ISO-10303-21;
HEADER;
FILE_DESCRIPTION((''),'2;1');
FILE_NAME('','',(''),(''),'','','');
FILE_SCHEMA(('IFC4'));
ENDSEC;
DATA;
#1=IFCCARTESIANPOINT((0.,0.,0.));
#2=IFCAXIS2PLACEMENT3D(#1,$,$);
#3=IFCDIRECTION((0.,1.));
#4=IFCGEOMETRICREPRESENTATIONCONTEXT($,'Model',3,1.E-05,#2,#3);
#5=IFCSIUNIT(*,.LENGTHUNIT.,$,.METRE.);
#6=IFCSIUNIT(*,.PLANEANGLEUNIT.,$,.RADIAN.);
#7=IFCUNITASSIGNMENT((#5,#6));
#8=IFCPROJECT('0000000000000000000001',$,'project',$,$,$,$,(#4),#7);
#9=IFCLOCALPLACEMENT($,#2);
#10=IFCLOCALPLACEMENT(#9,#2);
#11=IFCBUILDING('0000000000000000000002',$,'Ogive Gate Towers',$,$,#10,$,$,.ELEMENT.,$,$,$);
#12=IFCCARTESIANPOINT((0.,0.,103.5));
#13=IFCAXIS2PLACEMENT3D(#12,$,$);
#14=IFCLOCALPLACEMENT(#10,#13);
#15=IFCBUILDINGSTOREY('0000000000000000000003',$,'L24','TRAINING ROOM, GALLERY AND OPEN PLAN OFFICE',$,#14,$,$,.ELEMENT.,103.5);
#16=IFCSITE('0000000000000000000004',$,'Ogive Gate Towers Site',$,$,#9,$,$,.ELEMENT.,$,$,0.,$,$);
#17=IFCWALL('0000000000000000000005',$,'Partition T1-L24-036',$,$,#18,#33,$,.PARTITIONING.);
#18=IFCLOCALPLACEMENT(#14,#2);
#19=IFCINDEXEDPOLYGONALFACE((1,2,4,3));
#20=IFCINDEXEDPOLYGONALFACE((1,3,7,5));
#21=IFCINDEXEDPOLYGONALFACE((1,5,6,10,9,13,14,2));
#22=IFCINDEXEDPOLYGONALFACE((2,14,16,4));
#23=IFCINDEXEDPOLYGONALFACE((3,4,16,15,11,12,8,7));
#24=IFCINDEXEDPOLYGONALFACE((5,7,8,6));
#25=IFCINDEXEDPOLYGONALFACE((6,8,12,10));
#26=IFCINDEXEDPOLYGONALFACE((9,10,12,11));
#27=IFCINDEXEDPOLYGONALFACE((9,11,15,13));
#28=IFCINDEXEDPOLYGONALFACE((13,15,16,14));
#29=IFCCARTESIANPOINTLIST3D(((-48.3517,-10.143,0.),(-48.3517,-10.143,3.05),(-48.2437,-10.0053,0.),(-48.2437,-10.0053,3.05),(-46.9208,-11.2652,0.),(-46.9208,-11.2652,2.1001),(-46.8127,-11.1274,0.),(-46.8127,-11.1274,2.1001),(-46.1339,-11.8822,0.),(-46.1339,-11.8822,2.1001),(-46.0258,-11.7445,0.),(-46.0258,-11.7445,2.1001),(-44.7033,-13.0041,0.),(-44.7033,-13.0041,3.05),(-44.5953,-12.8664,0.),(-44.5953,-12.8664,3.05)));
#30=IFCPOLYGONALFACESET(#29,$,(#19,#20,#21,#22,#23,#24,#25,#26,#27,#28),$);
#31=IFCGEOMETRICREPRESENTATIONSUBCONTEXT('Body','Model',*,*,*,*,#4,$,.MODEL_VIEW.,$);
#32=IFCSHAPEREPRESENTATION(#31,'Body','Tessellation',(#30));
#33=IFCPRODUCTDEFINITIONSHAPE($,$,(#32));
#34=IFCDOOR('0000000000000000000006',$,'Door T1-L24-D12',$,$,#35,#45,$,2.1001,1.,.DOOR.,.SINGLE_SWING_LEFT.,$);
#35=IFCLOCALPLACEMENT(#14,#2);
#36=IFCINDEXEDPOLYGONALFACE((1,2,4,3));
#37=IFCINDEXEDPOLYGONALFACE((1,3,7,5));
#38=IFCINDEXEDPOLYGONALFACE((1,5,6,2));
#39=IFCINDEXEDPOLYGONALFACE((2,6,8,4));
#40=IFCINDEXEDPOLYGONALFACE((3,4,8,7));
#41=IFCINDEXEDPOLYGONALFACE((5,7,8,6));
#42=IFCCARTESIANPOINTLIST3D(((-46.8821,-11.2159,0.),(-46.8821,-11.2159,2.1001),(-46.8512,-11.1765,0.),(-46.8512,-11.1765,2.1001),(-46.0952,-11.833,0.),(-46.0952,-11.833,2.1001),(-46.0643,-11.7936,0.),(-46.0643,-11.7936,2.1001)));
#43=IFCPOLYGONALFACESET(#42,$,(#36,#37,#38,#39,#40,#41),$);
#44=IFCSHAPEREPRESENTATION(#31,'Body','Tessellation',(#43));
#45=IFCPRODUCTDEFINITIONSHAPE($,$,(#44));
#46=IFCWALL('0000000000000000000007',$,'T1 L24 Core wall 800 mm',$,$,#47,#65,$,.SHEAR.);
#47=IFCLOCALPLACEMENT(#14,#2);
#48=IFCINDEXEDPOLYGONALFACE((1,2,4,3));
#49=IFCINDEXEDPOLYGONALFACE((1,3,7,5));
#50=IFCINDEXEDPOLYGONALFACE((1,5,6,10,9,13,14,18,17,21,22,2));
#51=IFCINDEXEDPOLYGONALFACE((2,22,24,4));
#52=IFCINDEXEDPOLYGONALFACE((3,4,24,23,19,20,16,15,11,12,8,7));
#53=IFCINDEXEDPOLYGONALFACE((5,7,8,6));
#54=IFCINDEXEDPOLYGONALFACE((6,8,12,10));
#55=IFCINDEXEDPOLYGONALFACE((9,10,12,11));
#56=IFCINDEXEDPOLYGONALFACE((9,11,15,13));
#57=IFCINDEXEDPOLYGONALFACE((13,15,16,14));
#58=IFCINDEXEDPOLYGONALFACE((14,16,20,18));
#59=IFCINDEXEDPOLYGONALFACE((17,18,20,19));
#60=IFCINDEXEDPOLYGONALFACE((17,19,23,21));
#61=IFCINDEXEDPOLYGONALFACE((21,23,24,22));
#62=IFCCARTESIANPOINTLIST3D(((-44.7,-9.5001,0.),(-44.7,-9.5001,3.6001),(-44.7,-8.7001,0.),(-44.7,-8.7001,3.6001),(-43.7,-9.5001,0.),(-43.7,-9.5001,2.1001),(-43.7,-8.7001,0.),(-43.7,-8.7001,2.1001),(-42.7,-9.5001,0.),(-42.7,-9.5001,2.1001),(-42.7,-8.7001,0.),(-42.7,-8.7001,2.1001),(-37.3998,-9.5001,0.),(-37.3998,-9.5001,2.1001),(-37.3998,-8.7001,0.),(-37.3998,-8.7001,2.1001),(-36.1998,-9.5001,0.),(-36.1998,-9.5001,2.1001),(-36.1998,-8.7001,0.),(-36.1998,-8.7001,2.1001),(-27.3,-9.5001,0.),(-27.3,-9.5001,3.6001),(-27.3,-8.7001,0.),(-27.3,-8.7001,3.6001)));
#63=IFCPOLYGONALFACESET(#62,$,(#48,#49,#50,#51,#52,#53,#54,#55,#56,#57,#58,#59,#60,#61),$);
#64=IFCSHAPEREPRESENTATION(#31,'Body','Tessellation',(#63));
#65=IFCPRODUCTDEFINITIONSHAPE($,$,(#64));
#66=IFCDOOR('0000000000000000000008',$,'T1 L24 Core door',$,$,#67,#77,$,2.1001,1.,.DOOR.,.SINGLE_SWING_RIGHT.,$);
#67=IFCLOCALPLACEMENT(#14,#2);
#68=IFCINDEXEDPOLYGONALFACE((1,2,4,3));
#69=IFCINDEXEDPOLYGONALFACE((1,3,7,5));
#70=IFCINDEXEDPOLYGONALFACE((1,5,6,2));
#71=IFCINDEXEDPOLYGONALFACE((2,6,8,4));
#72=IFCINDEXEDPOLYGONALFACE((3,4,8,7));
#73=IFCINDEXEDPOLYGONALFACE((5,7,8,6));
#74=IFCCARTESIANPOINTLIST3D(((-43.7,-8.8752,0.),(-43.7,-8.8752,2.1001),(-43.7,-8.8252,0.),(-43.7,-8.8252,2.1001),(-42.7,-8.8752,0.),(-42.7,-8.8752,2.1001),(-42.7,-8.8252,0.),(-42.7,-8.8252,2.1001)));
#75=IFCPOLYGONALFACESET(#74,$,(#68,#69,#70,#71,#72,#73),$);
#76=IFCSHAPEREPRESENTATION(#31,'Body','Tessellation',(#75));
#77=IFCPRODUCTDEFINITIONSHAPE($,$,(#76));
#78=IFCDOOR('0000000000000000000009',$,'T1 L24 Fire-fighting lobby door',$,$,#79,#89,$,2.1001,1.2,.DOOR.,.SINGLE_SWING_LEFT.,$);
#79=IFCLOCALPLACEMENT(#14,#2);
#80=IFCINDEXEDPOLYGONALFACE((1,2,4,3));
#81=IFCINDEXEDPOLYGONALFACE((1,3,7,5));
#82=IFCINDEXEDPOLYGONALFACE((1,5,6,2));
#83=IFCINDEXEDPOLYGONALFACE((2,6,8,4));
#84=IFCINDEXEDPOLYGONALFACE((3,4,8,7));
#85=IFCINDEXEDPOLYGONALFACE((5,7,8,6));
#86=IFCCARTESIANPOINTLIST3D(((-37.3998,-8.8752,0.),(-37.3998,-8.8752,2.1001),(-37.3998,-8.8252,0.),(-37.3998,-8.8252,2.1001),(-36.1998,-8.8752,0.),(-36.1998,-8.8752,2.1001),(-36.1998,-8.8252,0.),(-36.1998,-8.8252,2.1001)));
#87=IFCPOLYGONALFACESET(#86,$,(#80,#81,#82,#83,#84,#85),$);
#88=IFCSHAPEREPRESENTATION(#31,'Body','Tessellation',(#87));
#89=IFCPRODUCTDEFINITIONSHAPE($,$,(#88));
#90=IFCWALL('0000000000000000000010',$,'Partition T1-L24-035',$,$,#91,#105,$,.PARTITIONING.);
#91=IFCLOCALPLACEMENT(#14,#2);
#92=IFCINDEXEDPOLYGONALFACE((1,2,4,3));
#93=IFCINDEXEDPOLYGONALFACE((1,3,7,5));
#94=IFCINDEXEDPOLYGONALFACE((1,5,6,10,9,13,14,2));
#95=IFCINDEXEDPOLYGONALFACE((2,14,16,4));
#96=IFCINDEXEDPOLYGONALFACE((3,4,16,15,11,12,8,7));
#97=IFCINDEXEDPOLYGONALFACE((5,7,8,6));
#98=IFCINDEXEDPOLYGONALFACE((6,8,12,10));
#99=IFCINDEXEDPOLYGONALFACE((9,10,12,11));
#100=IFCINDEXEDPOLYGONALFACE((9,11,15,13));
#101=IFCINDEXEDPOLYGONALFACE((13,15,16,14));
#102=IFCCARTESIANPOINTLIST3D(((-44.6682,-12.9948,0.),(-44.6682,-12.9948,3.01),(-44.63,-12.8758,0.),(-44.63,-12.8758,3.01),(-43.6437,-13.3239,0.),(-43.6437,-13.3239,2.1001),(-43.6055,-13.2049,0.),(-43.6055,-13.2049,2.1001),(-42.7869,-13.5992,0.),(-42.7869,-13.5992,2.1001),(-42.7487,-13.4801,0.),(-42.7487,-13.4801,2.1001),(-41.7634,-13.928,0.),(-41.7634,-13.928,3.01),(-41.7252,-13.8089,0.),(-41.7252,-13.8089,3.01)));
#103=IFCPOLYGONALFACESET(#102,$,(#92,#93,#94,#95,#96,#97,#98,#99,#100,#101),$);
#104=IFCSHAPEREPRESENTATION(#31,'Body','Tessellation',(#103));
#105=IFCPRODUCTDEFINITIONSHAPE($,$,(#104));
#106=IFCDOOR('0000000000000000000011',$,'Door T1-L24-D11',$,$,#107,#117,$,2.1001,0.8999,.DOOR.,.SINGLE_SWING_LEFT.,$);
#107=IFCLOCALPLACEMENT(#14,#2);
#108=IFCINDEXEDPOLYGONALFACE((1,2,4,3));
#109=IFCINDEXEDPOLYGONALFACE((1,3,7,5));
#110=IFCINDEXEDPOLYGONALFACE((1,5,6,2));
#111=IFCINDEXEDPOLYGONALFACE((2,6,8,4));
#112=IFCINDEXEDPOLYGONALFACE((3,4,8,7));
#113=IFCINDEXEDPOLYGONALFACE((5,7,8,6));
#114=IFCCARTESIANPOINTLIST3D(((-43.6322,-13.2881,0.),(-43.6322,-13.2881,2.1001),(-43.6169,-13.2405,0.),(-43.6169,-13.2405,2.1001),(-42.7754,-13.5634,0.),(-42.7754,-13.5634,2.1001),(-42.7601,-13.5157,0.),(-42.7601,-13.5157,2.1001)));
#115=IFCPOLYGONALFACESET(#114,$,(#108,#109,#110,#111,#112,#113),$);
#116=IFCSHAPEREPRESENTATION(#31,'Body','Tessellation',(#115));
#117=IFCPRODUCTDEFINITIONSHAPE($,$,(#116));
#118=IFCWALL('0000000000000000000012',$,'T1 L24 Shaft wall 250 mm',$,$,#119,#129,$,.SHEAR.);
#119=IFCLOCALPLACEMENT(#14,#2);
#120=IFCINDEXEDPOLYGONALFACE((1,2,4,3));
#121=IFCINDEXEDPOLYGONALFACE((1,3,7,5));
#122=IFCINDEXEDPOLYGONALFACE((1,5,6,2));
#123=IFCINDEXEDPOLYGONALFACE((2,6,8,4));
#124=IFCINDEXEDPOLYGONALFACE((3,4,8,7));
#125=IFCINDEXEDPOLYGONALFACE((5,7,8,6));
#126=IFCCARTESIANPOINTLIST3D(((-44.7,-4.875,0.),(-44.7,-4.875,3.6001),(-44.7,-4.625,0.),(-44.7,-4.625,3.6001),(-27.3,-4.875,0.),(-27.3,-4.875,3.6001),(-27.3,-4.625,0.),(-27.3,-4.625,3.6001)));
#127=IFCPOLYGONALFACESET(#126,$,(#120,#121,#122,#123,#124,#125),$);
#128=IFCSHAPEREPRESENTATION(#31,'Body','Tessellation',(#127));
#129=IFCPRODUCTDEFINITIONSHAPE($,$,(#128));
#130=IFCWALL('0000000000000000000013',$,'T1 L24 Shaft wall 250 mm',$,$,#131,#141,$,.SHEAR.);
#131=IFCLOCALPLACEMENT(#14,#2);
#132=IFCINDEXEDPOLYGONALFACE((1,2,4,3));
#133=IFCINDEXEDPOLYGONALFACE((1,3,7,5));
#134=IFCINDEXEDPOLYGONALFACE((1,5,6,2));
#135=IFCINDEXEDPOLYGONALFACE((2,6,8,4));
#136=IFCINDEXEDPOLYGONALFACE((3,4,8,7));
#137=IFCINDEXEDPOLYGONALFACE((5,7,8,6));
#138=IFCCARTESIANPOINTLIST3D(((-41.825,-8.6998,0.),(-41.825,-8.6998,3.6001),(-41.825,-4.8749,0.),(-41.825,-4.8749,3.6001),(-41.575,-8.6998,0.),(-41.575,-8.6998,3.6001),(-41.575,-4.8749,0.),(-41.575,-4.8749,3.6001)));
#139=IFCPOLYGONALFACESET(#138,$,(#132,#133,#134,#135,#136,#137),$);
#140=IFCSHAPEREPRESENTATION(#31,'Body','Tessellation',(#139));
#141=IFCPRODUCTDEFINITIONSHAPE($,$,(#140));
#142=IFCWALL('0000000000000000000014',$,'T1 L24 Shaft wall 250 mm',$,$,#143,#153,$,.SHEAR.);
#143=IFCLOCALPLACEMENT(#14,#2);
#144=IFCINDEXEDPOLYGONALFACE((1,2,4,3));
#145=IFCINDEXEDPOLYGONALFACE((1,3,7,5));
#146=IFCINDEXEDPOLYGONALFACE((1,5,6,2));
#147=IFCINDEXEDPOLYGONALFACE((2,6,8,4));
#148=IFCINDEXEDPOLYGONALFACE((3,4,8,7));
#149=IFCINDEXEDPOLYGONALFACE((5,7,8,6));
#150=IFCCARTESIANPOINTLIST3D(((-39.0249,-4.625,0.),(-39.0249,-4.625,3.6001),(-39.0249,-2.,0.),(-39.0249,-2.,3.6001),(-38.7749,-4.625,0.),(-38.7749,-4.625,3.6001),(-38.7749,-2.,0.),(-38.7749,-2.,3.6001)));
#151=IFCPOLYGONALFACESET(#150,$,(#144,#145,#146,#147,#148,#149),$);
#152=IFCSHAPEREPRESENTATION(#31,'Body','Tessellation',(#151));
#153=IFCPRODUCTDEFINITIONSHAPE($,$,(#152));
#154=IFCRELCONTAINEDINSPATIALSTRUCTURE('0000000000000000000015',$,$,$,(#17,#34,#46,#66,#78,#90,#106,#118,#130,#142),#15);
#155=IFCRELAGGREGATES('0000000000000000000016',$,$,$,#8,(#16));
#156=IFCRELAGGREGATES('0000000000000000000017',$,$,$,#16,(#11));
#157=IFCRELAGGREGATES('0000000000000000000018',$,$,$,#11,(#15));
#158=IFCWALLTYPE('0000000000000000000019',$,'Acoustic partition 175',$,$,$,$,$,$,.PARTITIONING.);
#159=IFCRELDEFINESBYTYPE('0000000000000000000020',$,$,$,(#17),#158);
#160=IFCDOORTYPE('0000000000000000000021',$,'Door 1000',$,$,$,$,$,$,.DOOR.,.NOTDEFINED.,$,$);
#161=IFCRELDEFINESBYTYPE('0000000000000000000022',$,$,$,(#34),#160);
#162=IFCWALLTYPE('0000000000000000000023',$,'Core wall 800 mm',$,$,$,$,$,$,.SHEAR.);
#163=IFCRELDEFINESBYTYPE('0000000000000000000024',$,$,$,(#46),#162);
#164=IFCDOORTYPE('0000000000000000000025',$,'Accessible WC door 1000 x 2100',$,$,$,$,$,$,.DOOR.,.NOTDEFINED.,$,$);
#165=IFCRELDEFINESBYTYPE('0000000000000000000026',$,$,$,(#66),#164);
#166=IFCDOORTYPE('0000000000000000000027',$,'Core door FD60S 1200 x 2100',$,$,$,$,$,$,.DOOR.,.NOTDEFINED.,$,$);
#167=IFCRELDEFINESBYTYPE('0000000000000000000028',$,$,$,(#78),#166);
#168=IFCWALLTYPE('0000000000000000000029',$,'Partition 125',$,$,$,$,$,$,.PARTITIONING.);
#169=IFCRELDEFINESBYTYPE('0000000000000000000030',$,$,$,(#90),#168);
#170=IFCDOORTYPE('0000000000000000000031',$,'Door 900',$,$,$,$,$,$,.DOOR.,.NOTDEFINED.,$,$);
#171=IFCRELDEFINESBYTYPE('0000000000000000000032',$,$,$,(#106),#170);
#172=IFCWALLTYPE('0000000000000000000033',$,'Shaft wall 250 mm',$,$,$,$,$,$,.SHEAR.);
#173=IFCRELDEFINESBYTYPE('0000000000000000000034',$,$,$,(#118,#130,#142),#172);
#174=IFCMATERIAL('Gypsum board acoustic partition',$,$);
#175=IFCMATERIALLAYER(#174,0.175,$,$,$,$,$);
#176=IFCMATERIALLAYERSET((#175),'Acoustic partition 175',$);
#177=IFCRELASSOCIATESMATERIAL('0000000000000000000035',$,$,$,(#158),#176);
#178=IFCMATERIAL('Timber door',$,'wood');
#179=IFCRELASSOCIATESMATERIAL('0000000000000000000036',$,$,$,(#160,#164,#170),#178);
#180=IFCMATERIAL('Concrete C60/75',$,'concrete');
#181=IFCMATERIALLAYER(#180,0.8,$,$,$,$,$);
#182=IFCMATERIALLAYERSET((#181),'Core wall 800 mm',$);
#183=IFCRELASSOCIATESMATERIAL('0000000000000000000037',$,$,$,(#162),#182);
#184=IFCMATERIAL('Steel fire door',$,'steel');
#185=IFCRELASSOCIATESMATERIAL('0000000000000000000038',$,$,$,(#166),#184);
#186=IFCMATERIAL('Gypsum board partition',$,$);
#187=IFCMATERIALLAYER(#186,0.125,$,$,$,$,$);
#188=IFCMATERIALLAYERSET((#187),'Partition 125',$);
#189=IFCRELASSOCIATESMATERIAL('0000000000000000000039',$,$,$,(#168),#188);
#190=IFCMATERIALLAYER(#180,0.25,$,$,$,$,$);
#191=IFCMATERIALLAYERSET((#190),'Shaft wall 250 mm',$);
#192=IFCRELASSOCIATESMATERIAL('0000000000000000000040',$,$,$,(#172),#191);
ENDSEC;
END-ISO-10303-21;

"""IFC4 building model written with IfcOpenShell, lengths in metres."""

from ifc_helpers import new_model, si_unit, direction, frame, frame_2d, origin, place, context, subcontext, project, spatial, rectangle, extrude, material, layer, layer_set, type_object, element, fill, save


model = new_model("IFC4")

# Units and contexts
model_context = context("Model", 3, precision=1e-05, world=origin(), true_north=direction((0.0, 1.0)))
body_context = subcontext(model_context, "Body", "Model", "MODEL_VIEW")
ifc_project = project(units=[si_unit("LENGTHUNIT", "METRE"), si_unit("PLANEANGLEUNIT", "RADIAN")], contexts=[model_context])

# Site, building, storey
site_placement = place(None, origin())
site = spatial("IfcSite", under=ifc_project, at=site_placement, Name="Ogive Gate Towers Site", CompositionType="ELEMENT", RefElevation=0.0)
building_placement = place(site_placement, origin())
building = spatial("IfcBuilding", under=site, at=building_placement, Name="Ogive Gate Towers", CompositionType="ELEMENT")
storey_placement = place(building_placement, frame((0.0, 0.0, 103.5)))
storey = spatial("IfcBuildingStorey", under=building, at=storey_placement, Name="L24", Description="TRAINING ROOM, GALLERY AND OPEN PLAN OFFICE", CompositionType="ELEMENT", Elevation=103.5)

# Shared definitions
ifc_material_1 = material(Name="Gypsum board acoustic partition")
ifc_layer_1 = layer(ifc_material_1, 0.175)
ifc_layer_set_1 = layer_set([ifc_layer_1], Name="Acoustic partition 175")
wall_type_1 = type_object("IfcWallType", Name="Acoustic partition 175", PredefinedType="PARTITIONING", material=ifc_layer_set_1)

# Wall, opening, door
ifc_material_2 = material(Name="Timber door", Category="wood")
door_type_1 = type_object("IfcDoorType", Name="Door 1000", OperationType="NOTDEFINED", PredefinedType="DOOR", material=ifc_material_2)
wall_1_placement = place(storey_placement, frame((-44.6492, -12.9353, 0.0), z_axis=(0.0, 0.0, 1.0), x_axis=(-0.786899, 0.617082, 0.0)))
wall_1 = element("IfcWall", 1, at=wall_1_placement, inside=storey, type_object=wall_type_1, Name="Partition T1-L24-036", PredefinedType="PARTITIONING", context=body_context, shape_type="SweptSolid", body=[
    extrude(rectangle(XDim=4.6365, YDim=0.175, at=frame_2d((2.3184, 0.0))), origin(), (0.0, 0.0, 1.0), 3.05),
])
opening_1_placement = place(wall_1_placement, frame((1.8181, 0.0, 0.0)))
opening_1 = element("IfcOpeningElement", 2, at=opening_1_placement, cuts=wall_1, PredefinedType="OPENING", context=body_context, shape_type="SweptSolid", body=[
    extrude(rectangle(XDim=1.0, YDim=2.1001, at=frame_2d((0.5, 1.05))), frame((0.0, 0.0977, 0.0), z_axis=(0.0, -1.0, 0.0), x_axis=(1.0, 0.0, 0.0)), (0.0, 0.0, 1.0), 0.1951),
])
door_1_placement = place(opening_1_placement, origin())
door_1 = element("IfcDoor", 3, at=door_1_placement, inside=storey, type_object=door_type_1, Name="Door T1-L24-D12", OperationType="SINGLE_SWING_LEFT", OverallHeight=2.1001, OverallWidth=1.0, PredefinedType="DOOR", context=body_context, shape_type="SweptSolid", body=[
    extrude(rectangle(XDim=1.0, YDim=2.1001, at=frame_2d((0.5, 1.05))), frame((0.0, 0.0249, 0.0), z_axis=(0.0, -1.0, 0.0), x_axis=(1.0, 0.0, 0.0)), (0.0, 0.0, 1.0), 0.05),
])
fill(opening_1, door_1)

# Wall, openings, doors
ifc_material_3 = material(Name="Concrete C60/75", Category="concrete")
ifc_layer_2 = layer(ifc_material_3, 0.8)
ifc_layer_set_2 = layer_set([ifc_layer_2], Name="Core wall 800 mm")
wall_type_2 = type_object("IfcWallType", Name="Core wall 800 mm", PredefinedType="SHEAR", material=ifc_layer_set_2)
wall_2_placement = place(storey_placement, frame((-44.7, -9.1001, 0.0), z_axis=(0.0, 0.0, 1.0), x_axis=(1.0, 0.0, 0.0)))
wall_2 = element("IfcWall", 4, at=wall_2_placement, inside=storey, type_object=wall_type_2, Name="T1 L24 Core wall 800 mm", PredefinedType="SHEAR", context=body_context, shape_type="SweptSolid", body=[
    extrude(rectangle(XDim=17.3999, YDim=0.8, at=frame_2d((8.7, 0.0))), origin(), (0.0, 0.0, 1.0), 3.6001),
])
opening_2_placement = place(wall_2_placement, frame((7.3, 0.0, 0.0)))
opening_2 = element("IfcOpeningElement", 5, at=opening_2_placement, cuts=wall_2, PredefinedType="OPENING", context=body_context, shape_type="SweptSolid", body=[
    extrude(rectangle(XDim=1.2, YDim=2.1001, at=frame_2d((0.6001, 1.05))), frame((0.0, 0.4102, 0.0), z_axis=(0.0, -1.0, 0.0), x_axis=(1.0, 0.0, 0.0)), (0.0, 0.0, 1.0), 0.8201),
])
opening_3_placement = place(wall_2_placement, frame((1.0, 0.0, 0.0)))
opening_3 = element("IfcOpeningElement", 6, at=opening_3_placement, cuts=wall_2, PredefinedType="OPENING", context=body_context, shape_type="SweptSolid", body=[
    extrude(rectangle(XDim=1.0, YDim=2.1001, at=frame_2d((0.5, 1.05))), frame((0.0, 0.4102, 0.0), z_axis=(0.0, -1.0, 0.0), x_axis=(1.0, 0.0, 0.0)), (0.0, 0.0, 1.0), 0.8201),
])
door_type_2 = type_object("IfcDoorType", Name="Accessible WC door 1000 x 2100", OperationType="NOTDEFINED", PredefinedType="DOOR", material=ifc_material_2)
door_2_placement = place(opening_3_placement, origin())
door_2 = element("IfcDoor", 7, at=door_2_placement, inside=storey, type_object=door_type_2, Name="T1 L24 Core door", OperationType="SINGLE_SWING_RIGHT", OverallHeight=2.1001, OverallWidth=1.0, PredefinedType="DOOR", context=body_context, shape_type="SweptSolid", body=[
    extrude(rectangle(XDim=1.0, YDim=2.1001, at=frame_2d((0.5, 1.05))), frame((0.0, 0.2749, 0.0), z_axis=(0.0, -1.0, 0.0), x_axis=(1.0, 0.0, 0.0)), (0.0, 0.0, 1.0), 0.05),
])
fill(opening_3, door_2)
ifc_material_4 = material(Name="Steel fire door", Category="steel")
door_type_3 = type_object("IfcDoorType", Name="Core door FD60S 1200 x 2100", OperationType="NOTDEFINED", PredefinedType="DOOR", material=ifc_material_4)
door_3_placement = place(opening_2_placement, origin())
door_3 = element("IfcDoor", 8, at=door_3_placement, inside=storey, type_object=door_type_3, Name="T1 L24 Fire-fighting lobby door", OperationType="SINGLE_SWING_LEFT", OverallHeight=2.1001, OverallWidth=1.2, PredefinedType="DOOR", context=body_context, shape_type="SweptSolid", body=[
    extrude(rectangle(XDim=1.2, YDim=2.1001, at=frame_2d((0.6001, 1.05))), frame((0.0, 0.2749, 0.0), z_axis=(0.0, -1.0, 0.0), x_axis=(1.0, 0.0, 0.0)), (0.0, 0.0, 1.0), 0.05),
])
fill(opening_2, door_3)

# Wall, opening, door
ifc_material_5 = material(Name="Gypsum board partition")
ifc_layer_3 = layer(ifc_material_5, 0.125)
ifc_layer_set_3 = layer_set([ifc_layer_3], Name="Partition 125")
wall_type_3 = type_object("IfcWallType", Name="Partition 125", PredefinedType="PARTITIONING", material=ifc_layer_set_3)
wall_3_placement = place(storey_placement, frame((-41.7444, -13.8684, 0.0), z_axis=(0.0, 0.0, 1.0), x_axis=(-0.952083, 0.305838, 0.0)))
wall_3 = element("IfcWall", 9, at=wall_3_placement, inside=storey, type_object=wall_type_3, Name="Partition T1-L24-035", PredefinedType="PARTITIONING", context=body_context, shape_type="SweptSolid", body=[
    extrude(rectangle(XDim=3.051, YDim=0.125, at=frame_2d((1.5254, 0.0))), origin(), (0.0, 0.0, 1.0), 3.01),
])
opening_4_placement = place(wall_3_placement, frame((1.075, 0.0, 0.0)))
opening_4 = element("IfcOpeningElement", 10, at=opening_4_placement, cuts=wall_3, PredefinedType="OPENING", context=body_context, shape_type="SweptSolid", body=[
    extrude(rectangle(XDim=0.8999, YDim=2.1001, at=frame_2d((0.45, 1.05))), frame((0.0, 0.0725, 0.0), z_axis=(0.0, -1.0, 0.0), x_axis=(1.0, 0.0, 0.0)), (0.0, 0.0, 1.0), 0.145),
])
door_type_4 = type_object("IfcDoorType", Name="Door 900", OperationType="NOTDEFINED", PredefinedType="DOOR", material=ifc_material_2)
door_4_placement = place(opening_4_placement, origin())
door_4 = element("IfcDoor", 11, at=door_4_placement, inside=storey, type_object=door_type_4, Name="Door T1-L24-D11", OperationType="SINGLE_SWING_LEFT", OverallHeight=2.1001, OverallWidth=0.8999, PredefinedType="DOOR", context=body_context, shape_type="SweptSolid", body=[
    extrude(rectangle(XDim=0.8999, YDim=2.1001, at=frame_2d((0.45, 1.05))), frame((0.0, 0.0249, 0.0), z_axis=(0.0, -1.0, 0.0), x_axis=(1.0, 0.0, 0.0)), (0.0, 0.0, 1.0), 0.05),
])
fill(opening_4, door_4)

# Walls
ifc_layer_4 = layer(ifc_material_3, 0.25)
ifc_layer_set_4 = layer_set([ifc_layer_4], Name="Shaft wall 250 mm")
wall_type_4 = type_object("IfcWallType", Name="Shaft wall 250 mm", PredefinedType="SHEAR", material=ifc_layer_set_4)
wall_4_placement = place(storey_placement, frame((-44.7, -4.75, 0.0), z_axis=(0.0, 0.0, 1.0), x_axis=(1.0, 0.0, 0.0)))
element("IfcWall", 12, at=wall_4_placement, inside=storey, type_object=wall_type_4, Name="T1 L24 Shaft wall 250 mm", PredefinedType="SHEAR", context=body_context, shape_type="SweptSolid", body=[
    extrude(rectangle(XDim=17.3999, YDim=0.25, at=frame_2d((8.7, 0.0))), origin(), (0.0, 0.0, 1.0), 3.6001),
])
wall_5_placement = place(storey_placement, frame((-41.7, -8.7, 0.0), z_axis=(0.0, 0.0, 1.0), x_axis=(0.0, 1.0, 0.0)))
element("IfcWall", 13, at=wall_5_placement, inside=storey, type_object=wall_type_4, Name="T1 L24 Shaft wall 250 mm", PredefinedType="SHEAR", context=body_context, shape_type="SweptSolid", body=[
    extrude(rectangle(XDim=3.825, YDim=0.25, at=frame_2d((1.9126, 0.0))), origin(), (0.0, 0.0, 1.0), 3.6001),
])
wall_6_placement = place(storey_placement, frame((-38.8999, -4.625, 0.0), z_axis=(0.0, 0.0, 1.0), x_axis=(0.0, 1.0, 0.0)))
element("IfcWall", 14, at=wall_6_placement, inside=storey, type_object=wall_type_4, Name="T1 L24 Shaft wall 250 mm", PredefinedType="SHEAR", context=body_context, shape_type="SweptSolid", body=[
    extrude(rectangle(XDim=2.625, YDim=0.25, at=frame_2d((1.3125, 0.0))), origin(), (0.0, 0.0, 1.0), 3.6001),
])

save(model, "model.ifc")
